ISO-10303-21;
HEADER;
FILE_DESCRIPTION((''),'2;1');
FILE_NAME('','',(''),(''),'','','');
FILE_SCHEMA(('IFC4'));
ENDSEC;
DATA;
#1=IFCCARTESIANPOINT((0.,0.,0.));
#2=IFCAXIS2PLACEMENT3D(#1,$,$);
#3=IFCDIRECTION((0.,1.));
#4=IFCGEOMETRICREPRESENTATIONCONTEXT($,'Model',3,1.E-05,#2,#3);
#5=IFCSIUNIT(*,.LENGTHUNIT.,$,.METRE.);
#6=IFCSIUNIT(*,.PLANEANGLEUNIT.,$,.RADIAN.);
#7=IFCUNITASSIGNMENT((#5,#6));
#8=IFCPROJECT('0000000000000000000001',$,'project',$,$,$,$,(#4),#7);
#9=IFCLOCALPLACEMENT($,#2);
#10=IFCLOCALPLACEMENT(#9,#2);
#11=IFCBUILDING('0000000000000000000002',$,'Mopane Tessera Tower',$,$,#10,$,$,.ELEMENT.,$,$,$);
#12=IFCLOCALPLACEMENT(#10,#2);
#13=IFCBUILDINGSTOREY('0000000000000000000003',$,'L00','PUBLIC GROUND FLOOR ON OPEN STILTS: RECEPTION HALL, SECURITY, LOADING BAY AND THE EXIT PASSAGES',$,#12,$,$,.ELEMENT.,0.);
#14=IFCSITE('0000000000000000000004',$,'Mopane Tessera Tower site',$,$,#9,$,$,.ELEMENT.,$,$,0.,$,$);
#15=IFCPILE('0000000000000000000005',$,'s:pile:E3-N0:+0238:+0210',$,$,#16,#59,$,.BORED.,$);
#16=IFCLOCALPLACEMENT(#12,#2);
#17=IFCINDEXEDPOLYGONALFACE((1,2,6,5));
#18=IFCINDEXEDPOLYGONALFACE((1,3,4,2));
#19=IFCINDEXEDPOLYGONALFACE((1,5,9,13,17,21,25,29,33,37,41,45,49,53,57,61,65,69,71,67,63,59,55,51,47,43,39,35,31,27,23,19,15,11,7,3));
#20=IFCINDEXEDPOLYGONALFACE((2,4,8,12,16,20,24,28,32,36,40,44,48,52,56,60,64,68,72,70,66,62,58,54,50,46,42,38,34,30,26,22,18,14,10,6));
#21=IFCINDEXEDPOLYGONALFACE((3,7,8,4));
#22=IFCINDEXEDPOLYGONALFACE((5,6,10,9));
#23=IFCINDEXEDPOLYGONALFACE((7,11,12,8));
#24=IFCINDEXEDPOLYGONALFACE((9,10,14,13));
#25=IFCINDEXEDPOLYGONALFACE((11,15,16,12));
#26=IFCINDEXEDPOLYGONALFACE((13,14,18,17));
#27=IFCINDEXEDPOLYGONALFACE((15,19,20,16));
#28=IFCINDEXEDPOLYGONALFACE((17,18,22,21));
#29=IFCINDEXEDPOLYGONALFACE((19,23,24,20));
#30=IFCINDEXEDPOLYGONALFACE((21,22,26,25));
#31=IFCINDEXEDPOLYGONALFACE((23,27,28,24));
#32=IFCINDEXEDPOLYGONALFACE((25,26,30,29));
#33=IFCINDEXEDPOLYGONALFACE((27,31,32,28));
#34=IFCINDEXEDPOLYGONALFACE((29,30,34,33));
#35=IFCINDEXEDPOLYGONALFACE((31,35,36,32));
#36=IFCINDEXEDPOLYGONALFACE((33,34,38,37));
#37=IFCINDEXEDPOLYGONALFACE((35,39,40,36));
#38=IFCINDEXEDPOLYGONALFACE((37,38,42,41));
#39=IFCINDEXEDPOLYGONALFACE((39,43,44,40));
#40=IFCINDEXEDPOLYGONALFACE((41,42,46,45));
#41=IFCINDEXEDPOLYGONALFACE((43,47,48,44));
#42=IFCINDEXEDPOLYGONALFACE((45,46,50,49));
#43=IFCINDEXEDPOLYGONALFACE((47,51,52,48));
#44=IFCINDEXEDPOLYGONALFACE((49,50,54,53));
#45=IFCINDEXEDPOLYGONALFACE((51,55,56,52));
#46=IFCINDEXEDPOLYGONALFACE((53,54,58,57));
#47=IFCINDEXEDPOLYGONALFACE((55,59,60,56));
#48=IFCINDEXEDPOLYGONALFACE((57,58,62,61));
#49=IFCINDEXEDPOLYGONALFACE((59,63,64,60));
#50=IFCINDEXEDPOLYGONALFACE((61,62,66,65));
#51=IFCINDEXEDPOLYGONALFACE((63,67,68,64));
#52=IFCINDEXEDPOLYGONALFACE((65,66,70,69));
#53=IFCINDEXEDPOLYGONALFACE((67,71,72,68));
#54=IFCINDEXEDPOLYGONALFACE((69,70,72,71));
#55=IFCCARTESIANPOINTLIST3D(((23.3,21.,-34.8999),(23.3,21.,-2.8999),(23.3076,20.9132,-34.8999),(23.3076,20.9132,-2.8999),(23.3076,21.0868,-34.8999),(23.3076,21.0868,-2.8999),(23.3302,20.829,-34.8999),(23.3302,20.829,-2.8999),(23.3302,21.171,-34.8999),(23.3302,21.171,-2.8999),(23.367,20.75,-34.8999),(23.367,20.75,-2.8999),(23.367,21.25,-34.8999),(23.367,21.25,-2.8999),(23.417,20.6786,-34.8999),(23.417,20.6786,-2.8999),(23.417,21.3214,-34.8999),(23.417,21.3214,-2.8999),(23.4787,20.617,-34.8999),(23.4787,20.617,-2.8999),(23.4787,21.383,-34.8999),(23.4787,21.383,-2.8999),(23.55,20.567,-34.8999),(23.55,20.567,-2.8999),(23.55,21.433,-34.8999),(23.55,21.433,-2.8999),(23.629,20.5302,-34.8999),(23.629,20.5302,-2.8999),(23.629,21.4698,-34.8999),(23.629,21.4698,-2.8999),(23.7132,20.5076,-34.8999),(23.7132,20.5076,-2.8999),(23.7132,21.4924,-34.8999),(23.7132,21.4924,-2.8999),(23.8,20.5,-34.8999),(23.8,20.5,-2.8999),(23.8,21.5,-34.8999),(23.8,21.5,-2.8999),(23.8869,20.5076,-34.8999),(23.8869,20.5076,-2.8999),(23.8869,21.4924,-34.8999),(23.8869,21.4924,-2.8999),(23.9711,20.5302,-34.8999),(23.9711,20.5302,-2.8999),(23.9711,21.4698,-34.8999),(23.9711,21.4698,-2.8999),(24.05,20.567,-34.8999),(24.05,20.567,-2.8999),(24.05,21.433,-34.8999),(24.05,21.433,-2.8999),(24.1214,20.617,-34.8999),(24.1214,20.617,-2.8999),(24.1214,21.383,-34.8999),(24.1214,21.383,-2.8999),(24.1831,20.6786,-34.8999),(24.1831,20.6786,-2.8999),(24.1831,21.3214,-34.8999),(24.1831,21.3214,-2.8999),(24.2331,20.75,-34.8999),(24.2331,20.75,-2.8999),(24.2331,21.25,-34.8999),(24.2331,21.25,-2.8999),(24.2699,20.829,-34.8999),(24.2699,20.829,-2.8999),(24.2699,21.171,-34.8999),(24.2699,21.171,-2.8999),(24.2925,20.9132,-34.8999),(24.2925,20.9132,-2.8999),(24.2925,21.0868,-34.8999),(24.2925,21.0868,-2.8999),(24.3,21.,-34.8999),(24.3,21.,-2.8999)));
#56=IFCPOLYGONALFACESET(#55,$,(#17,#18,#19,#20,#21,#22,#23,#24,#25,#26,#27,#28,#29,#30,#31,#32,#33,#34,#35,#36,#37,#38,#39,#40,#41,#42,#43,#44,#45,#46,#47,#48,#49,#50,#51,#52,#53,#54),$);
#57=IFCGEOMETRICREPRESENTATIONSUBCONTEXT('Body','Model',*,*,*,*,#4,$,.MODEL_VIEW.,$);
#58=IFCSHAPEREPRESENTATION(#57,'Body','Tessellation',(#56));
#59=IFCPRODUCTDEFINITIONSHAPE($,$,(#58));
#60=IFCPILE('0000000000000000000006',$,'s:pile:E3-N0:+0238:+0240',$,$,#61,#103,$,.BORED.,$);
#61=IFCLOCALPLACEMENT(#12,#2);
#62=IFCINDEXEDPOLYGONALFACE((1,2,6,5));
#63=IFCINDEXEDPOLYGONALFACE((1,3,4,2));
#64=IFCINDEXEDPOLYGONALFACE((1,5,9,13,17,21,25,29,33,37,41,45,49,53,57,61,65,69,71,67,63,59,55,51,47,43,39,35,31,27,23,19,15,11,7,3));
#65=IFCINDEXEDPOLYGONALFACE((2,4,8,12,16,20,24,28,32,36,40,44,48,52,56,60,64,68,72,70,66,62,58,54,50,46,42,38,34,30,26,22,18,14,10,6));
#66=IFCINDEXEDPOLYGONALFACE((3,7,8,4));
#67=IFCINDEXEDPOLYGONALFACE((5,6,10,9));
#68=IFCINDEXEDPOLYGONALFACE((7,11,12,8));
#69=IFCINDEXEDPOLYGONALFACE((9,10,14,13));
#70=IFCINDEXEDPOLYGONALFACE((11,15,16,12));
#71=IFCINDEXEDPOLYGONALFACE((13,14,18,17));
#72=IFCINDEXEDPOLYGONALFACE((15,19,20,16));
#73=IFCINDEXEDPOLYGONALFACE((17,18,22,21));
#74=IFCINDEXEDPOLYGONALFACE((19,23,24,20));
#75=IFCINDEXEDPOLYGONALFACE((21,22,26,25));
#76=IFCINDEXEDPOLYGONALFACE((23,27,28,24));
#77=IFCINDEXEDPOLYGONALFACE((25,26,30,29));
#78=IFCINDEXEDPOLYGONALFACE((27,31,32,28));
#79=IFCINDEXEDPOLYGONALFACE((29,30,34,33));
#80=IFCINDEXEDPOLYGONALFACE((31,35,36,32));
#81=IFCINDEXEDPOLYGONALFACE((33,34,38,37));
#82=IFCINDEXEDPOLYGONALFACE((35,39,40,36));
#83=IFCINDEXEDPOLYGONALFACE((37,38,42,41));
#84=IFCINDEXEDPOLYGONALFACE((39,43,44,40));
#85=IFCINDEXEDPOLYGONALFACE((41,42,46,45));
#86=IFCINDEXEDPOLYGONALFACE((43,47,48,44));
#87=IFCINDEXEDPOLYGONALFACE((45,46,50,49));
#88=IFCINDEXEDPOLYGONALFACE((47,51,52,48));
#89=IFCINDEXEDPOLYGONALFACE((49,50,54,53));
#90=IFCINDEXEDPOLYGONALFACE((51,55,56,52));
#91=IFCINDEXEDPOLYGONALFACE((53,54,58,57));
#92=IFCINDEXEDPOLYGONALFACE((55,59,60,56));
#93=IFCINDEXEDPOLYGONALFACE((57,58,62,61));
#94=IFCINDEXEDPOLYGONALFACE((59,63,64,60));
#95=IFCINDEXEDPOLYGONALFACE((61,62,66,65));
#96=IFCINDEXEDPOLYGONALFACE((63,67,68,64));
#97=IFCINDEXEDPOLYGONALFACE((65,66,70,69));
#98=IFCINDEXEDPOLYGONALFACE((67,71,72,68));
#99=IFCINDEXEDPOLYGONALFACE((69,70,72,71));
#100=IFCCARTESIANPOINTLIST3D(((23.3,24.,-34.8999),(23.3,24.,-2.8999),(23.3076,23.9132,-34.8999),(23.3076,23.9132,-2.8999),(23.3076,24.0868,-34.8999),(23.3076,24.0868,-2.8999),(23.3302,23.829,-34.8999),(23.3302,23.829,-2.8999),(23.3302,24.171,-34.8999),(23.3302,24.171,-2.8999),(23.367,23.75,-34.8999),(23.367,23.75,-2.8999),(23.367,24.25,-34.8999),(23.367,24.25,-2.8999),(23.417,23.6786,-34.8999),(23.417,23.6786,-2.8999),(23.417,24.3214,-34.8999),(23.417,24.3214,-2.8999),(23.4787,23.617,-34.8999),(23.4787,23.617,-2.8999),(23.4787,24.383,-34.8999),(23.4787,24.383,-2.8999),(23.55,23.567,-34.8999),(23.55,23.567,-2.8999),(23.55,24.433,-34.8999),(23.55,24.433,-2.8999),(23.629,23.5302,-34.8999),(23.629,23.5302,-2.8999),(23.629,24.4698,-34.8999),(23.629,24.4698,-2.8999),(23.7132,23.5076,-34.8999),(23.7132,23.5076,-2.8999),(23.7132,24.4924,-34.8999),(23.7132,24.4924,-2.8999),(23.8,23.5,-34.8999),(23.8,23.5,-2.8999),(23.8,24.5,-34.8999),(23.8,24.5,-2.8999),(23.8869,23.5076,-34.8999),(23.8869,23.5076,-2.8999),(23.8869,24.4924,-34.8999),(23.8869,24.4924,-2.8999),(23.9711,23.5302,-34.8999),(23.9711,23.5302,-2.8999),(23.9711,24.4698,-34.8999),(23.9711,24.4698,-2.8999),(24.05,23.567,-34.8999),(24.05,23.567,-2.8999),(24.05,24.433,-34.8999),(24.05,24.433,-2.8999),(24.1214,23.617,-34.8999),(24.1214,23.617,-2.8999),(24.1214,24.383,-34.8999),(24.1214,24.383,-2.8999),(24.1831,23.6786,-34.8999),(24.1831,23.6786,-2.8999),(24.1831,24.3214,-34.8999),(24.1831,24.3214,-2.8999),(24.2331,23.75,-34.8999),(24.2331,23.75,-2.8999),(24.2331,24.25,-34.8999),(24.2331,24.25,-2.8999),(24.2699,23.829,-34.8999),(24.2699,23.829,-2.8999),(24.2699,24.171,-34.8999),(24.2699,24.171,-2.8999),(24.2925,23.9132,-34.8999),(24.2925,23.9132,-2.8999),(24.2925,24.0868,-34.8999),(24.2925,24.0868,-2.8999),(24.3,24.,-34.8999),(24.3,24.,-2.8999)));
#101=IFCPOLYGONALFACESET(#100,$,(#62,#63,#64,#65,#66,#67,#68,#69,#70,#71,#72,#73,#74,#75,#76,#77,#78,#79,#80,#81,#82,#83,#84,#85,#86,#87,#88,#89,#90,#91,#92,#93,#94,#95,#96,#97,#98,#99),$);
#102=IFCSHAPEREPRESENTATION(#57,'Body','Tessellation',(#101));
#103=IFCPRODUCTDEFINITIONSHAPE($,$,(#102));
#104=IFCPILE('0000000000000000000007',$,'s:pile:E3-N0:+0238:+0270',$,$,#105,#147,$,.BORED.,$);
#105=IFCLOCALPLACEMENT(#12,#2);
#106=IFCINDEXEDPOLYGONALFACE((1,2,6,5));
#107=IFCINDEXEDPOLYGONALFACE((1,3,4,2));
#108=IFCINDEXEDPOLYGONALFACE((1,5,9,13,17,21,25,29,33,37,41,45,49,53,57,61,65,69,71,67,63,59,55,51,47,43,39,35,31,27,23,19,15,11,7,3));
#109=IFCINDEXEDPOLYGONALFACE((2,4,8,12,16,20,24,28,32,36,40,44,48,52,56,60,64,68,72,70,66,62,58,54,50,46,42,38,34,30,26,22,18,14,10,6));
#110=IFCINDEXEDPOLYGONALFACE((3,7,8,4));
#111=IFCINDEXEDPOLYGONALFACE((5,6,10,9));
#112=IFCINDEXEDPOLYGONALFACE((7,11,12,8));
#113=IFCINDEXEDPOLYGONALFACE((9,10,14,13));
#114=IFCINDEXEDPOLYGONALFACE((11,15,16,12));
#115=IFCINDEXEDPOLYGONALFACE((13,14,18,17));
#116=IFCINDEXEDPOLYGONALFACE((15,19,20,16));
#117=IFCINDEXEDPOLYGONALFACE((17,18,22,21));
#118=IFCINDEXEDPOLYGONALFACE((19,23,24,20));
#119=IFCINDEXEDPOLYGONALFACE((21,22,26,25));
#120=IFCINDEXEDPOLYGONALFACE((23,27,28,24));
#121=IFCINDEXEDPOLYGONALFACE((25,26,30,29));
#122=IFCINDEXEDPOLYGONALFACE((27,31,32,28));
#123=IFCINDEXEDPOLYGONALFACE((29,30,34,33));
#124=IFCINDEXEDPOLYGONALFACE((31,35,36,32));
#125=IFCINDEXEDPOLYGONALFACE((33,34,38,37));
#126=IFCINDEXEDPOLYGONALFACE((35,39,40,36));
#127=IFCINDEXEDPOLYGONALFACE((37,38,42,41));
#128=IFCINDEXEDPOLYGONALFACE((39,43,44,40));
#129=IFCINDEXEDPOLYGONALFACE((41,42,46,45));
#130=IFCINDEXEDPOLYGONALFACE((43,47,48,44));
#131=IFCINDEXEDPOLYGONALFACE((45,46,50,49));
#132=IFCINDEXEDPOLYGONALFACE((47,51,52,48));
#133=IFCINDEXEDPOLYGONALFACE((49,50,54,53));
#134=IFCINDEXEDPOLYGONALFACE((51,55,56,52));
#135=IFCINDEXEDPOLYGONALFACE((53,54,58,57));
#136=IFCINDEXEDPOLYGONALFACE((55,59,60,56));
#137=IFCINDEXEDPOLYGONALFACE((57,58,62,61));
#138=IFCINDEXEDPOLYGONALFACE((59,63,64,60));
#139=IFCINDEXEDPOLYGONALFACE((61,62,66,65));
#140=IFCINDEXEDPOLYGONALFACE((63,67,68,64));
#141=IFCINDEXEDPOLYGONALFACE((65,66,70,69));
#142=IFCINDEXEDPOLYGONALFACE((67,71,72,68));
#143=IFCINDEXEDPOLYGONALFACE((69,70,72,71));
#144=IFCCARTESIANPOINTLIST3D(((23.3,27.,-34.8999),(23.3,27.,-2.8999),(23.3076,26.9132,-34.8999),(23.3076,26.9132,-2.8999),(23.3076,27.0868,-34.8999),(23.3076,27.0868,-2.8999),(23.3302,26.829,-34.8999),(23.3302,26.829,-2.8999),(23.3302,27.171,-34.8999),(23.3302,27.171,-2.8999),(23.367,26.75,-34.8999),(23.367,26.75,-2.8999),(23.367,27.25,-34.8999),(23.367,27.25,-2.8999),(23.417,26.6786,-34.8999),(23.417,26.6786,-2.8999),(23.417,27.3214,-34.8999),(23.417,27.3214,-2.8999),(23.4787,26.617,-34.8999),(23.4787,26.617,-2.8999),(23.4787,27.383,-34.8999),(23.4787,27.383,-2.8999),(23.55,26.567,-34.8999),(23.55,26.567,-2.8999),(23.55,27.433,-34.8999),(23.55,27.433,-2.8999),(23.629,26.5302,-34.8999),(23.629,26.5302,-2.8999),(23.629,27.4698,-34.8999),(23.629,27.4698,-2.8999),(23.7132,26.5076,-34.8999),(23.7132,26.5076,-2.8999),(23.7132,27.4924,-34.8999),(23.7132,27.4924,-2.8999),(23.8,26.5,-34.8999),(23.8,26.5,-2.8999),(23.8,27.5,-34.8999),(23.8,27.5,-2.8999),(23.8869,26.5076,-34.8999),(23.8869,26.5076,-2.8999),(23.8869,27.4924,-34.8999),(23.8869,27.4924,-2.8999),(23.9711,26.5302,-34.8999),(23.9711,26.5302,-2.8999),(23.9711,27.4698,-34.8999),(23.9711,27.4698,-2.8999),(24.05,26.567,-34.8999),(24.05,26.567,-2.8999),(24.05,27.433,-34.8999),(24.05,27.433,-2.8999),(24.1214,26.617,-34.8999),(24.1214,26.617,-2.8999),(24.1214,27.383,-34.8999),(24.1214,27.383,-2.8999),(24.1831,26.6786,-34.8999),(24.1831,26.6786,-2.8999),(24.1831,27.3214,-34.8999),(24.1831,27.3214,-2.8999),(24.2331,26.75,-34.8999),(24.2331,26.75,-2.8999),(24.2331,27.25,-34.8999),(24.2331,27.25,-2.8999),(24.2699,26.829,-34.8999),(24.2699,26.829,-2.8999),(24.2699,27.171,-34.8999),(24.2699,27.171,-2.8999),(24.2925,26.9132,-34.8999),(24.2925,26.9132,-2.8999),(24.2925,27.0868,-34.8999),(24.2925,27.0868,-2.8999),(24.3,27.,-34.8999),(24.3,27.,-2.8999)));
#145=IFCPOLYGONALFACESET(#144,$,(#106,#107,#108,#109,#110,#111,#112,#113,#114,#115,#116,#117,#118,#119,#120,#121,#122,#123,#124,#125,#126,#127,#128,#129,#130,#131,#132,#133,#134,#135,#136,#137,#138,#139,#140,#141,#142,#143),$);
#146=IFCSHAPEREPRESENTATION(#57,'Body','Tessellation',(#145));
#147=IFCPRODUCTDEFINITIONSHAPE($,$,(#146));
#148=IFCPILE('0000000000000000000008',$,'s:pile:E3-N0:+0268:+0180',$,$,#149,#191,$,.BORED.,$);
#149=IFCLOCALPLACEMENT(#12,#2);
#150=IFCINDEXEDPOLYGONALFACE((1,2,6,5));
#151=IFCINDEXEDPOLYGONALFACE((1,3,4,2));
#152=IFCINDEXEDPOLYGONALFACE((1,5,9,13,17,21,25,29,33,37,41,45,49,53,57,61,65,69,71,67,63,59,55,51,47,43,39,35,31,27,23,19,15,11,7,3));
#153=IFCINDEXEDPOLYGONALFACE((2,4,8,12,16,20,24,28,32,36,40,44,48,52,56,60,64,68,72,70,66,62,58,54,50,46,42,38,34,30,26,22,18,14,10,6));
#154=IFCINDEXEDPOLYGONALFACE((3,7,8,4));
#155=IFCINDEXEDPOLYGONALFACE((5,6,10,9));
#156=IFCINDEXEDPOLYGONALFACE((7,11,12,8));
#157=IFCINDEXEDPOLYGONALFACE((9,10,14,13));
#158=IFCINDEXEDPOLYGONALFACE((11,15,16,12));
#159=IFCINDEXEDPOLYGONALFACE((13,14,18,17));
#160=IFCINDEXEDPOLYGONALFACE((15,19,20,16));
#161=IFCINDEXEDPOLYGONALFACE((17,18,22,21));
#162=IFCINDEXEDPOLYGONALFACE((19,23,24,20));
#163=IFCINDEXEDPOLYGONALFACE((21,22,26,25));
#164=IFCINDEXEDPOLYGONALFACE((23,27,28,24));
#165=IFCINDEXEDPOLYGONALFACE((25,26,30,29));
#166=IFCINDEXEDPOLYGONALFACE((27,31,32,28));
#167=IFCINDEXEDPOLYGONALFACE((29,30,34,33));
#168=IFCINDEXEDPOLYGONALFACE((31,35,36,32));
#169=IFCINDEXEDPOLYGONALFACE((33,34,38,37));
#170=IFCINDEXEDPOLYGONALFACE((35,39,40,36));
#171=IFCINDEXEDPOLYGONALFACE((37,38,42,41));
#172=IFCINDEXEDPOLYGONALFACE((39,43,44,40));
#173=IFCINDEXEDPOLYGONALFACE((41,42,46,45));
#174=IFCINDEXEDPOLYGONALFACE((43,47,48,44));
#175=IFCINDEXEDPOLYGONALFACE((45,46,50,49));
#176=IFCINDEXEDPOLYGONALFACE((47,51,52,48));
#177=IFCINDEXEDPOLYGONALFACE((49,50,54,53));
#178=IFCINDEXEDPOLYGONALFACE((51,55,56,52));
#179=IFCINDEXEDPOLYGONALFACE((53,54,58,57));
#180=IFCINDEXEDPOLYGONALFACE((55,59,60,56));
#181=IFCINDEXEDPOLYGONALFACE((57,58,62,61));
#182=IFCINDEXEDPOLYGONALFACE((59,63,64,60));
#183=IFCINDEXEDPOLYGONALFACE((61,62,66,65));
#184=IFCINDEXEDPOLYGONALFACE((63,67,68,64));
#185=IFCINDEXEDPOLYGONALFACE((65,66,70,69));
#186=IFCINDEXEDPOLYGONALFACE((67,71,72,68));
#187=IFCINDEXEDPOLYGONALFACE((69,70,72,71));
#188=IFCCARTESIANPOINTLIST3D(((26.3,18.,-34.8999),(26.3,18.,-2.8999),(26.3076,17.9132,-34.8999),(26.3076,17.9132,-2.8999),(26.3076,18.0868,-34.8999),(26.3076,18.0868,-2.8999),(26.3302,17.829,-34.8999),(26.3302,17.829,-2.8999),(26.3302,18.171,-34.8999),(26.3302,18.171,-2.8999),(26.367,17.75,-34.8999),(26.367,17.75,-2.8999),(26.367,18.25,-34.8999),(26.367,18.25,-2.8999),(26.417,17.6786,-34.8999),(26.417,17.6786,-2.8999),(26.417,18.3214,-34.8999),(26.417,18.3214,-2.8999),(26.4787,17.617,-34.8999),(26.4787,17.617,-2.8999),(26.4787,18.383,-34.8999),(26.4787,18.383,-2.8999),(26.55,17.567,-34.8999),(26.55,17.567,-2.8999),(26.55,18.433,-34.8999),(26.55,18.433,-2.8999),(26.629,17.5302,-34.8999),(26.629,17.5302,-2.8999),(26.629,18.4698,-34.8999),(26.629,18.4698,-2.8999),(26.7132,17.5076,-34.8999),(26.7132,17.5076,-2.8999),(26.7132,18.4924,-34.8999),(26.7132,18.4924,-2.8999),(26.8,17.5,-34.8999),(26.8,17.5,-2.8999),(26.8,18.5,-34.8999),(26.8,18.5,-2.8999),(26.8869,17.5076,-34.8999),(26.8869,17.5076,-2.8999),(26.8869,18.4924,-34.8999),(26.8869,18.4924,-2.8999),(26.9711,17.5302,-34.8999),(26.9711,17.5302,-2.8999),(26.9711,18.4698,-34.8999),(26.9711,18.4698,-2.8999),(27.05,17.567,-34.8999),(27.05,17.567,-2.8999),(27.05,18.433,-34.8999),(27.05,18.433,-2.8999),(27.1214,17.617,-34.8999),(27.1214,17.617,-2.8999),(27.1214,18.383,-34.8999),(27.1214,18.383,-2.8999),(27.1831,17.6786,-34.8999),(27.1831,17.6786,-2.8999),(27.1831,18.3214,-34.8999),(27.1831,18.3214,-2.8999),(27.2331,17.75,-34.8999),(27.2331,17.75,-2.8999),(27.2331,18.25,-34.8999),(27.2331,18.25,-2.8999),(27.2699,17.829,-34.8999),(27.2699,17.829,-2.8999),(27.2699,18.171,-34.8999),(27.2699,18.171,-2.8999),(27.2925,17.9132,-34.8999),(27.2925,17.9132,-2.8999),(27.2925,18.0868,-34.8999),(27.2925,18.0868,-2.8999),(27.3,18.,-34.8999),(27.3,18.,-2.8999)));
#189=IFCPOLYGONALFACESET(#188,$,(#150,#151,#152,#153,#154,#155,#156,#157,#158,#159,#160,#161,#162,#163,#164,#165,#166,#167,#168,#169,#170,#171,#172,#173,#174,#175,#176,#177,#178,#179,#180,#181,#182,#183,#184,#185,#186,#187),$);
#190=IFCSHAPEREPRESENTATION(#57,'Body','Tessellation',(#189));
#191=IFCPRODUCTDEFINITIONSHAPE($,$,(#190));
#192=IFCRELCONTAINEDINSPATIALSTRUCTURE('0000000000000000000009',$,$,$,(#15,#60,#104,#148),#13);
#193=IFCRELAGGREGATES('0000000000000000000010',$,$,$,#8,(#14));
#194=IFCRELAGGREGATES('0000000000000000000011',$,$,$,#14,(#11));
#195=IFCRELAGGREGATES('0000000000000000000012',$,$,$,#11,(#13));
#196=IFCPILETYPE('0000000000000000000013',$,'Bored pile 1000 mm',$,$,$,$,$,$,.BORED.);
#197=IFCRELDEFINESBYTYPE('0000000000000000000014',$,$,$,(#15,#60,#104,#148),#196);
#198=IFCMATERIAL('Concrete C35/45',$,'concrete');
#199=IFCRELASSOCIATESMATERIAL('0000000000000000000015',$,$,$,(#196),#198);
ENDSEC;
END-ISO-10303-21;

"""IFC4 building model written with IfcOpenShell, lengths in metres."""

from ifc_helpers import new_model, si_unit, direction, frame, origin, origin_2d, place, context, subcontext, project, spatial, circle, extrude, material, material_profile, profile_set, type_object, element, save


model = new_model("IFC4")

# Units and contexts
model_context = context("Model", 3, precision=1e-05, world=origin(), true_north=direction((0.0, 1.0)))
body_context = subcontext(model_context, "Body", "Model", "MODEL_VIEW")
ifc_project = project(units=[si_unit("LENGTHUNIT", "METRE"), si_unit("PLANEANGLEUNIT", "RADIAN")], contexts=[model_context])

# Site, building, storey
site_placement = place(None, origin())
site = spatial("IfcSite", under=ifc_project, at=site_placement, Name="Mopane Tessera Tower site", CompositionType="ELEMENT", RefElevation=0.0)
building_placement = place(site_placement, origin())
building = spatial("IfcBuilding", under=site, at=building_placement, Name="Mopane Tessera Tower", CompositionType="ELEMENT")
storey_placement = place(building_placement, origin())
storey = spatial("IfcBuildingStorey", under=building, at=storey_placement, Name="L00", Description="PUBLIC GROUND FLOOR ON OPEN STILTS: RECEPTION HALL, SECURITY, LOADING BAY AND THE EXIT PASSAGES", CompositionType="ELEMENT", Elevation=0.0)

# Piles
ifc_material_1 = material(Name="Concrete C35/45", Category="concrete")
ifc_material_profile_1 = material_profile(ifc_material_1, circle(Radius=0.5, at=origin_2d()))
ifc_profile_set_1 = profile_set([ifc_material_profile_1], Name="Concrete C35/45")
pile_type_1 = type_object("IfcPileType", Name="Bored pile 1000 mm", PredefinedType="BORED", material=ifc_profile_set_1)
for number, where, z_axis, x_axis, name in (
    (1, (23.8, 21.0, -2.8999), (0.0, 0.0, -1.0), (1.0, 0.0, 0.0), "s:pile:E3-N0:+0238:+0210"),
    (2, (23.8, 24.0, -2.8999), (0.0, 0.0, -1.0), (1.0, 0.0, 0.0), "s:pile:E3-N0:+0238:+0240"),
    (3, (23.8, 27.0, -2.8999), (0.0, 0.0, -1.0), (1.0, 0.0, 0.0), "s:pile:E3-N0:+0238:+0270"),
    (4, (26.8, 18.0, -2.8999), (0.0, 0.0, -1.0), (1.0, 0.0, 0.0), "s:pile:E3-N0:+0268:+0180"),
):
    element("IfcPile", number, at=place(storey_placement, frame(where, z_axis=z_axis, x_axis=x_axis)), inside=storey, type_object=pile_type_1, Name=name, PredefinedType="BORED", context=body_context, shape_type="SweptSolid", body=[
        extrude(circle(Radius=0.5, at=origin_2d()), origin(), (0.0, 0.0, 1.0), 32.0),
    ])

save(model, "model.ifc")
